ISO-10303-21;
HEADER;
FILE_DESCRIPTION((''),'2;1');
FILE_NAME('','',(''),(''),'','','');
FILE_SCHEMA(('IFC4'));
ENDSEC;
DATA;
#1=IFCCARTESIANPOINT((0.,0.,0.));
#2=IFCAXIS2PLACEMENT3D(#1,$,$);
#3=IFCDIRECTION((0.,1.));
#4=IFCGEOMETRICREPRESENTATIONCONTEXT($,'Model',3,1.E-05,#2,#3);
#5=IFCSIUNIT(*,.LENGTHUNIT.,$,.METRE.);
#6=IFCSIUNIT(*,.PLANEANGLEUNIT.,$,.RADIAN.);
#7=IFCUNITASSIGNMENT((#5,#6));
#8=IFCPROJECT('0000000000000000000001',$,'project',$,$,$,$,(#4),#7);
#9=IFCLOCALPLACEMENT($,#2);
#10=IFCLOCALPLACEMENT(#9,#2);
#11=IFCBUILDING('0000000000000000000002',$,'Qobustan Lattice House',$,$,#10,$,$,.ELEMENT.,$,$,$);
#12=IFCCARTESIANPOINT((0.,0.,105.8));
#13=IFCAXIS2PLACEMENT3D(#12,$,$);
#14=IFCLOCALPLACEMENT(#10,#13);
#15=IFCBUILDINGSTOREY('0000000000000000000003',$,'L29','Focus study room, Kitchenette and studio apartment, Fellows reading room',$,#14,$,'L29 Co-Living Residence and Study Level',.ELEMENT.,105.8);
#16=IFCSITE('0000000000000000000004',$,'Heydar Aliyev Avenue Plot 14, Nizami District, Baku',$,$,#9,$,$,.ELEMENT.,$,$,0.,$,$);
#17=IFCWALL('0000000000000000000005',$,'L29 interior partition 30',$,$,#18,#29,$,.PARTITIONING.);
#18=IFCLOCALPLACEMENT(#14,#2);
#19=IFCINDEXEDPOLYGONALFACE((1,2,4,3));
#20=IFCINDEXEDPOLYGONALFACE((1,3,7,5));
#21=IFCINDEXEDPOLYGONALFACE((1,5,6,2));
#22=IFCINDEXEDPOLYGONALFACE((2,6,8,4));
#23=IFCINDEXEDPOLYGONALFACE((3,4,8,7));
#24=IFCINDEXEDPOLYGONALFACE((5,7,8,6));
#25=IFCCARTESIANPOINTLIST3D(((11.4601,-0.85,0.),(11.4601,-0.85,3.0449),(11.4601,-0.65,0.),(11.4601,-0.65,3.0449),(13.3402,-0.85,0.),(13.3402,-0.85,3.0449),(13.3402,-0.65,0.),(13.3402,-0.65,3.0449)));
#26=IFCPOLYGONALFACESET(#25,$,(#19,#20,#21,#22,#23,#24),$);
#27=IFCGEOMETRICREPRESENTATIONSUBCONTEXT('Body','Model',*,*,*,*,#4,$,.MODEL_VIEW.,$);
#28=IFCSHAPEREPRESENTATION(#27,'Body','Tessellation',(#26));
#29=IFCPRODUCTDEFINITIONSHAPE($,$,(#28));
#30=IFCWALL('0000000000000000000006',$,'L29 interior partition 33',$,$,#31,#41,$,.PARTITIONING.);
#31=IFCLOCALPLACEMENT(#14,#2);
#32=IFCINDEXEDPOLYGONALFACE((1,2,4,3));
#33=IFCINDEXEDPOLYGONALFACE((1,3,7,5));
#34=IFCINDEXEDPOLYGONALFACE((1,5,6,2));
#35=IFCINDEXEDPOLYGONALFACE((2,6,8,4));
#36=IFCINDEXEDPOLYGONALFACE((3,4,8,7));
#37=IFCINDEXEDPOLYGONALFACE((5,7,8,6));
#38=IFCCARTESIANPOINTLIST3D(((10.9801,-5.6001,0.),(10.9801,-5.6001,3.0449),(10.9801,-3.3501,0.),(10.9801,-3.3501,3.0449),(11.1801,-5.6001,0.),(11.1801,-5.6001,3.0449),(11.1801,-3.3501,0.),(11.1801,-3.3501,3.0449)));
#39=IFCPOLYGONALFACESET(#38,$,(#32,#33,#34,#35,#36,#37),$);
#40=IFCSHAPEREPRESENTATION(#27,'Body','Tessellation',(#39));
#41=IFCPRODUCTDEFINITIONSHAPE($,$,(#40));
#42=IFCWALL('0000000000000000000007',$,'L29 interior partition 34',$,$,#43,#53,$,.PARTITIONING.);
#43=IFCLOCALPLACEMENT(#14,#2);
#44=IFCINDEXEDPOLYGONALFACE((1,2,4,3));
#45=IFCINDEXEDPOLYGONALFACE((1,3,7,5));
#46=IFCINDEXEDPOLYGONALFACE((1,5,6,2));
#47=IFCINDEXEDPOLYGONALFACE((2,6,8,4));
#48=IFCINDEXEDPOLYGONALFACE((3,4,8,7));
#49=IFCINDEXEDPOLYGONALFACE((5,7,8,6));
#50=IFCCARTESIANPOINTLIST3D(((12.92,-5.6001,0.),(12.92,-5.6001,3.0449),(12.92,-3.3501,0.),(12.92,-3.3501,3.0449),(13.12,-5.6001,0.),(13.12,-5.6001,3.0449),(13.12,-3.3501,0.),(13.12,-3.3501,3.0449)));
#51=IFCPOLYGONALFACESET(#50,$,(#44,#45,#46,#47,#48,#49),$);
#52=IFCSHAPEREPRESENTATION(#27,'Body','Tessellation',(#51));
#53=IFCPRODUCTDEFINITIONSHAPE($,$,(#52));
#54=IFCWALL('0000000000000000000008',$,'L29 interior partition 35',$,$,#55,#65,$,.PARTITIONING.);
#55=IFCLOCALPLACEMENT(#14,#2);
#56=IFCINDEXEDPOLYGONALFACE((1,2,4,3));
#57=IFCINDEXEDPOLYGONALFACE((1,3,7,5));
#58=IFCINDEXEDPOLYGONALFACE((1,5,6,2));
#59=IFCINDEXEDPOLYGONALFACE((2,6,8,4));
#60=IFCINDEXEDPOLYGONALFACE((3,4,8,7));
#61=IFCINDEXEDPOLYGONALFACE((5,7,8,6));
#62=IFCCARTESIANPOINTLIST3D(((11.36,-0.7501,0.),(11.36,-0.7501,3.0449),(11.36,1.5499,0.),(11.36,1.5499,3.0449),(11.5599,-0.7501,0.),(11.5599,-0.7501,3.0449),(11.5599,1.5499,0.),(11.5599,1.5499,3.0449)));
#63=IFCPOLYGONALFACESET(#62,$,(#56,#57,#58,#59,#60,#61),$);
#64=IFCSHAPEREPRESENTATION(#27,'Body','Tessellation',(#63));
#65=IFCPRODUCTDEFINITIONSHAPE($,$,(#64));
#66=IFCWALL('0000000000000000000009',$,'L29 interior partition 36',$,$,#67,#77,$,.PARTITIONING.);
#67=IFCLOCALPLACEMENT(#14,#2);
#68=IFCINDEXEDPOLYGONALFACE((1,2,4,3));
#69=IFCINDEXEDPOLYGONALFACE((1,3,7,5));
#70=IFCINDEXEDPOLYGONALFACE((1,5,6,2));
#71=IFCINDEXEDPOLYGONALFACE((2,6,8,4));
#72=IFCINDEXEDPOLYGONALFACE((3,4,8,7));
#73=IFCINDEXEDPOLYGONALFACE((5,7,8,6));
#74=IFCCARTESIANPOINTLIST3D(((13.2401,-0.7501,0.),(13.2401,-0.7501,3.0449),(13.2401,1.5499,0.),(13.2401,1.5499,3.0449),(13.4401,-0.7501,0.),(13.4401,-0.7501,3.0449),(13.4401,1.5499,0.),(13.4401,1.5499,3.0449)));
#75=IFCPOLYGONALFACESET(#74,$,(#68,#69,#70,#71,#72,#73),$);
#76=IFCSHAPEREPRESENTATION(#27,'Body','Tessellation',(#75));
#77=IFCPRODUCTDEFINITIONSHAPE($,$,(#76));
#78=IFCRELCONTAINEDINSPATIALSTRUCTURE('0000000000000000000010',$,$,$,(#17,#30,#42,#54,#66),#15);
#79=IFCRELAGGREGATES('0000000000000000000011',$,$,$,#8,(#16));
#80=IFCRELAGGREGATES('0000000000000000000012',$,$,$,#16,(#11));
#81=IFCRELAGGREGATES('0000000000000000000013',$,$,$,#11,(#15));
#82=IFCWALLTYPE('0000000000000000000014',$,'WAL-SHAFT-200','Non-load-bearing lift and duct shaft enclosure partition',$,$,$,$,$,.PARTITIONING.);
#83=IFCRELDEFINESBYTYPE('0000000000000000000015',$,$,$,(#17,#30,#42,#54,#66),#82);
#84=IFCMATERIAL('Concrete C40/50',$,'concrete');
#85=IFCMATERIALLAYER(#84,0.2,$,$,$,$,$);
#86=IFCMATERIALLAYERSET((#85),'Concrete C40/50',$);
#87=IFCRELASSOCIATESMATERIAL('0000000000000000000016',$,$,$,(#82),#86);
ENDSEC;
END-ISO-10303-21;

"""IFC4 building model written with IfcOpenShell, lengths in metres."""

from ifc_helpers import new_model, si_unit, direction, frame, frame_2d, origin, place, context, subcontext, project, spatial, rectangle, extrude, material, layer, layer_set, type_object, element, save


model = new_model("IFC4")

# Units and contexts
model_context = context("Model", 3, precision=1e-05, world=origin(), true_north=direction((0.0, 1.0)))
body_context = subcontext(model_context, "Body", "Model", "MODEL_VIEW")
ifc_project = project(units=[si_unit("LENGTHUNIT", "METRE"), si_unit("PLANEANGLEUNIT", "RADIAN")], contexts=[model_context])

# Site, building, storey
site_placement = place(None, origin())
site = spatial("IfcSite", under=ifc_project, at=site_placement, Name="Heydar Aliyev Avenue Plot 14, Nizami District, Baku", CompositionType="ELEMENT", RefElevation=0.0)
building_placement = place(site_placement, origin())
building = spatial("IfcBuilding", under=site, at=building_placement, Name="Qobustan Lattice House", CompositionType="ELEMENT")
storey_placement = place(building_placement, frame((0.0, 0.0, 105.8)))
storey = spatial("IfcBuildingStorey", under=building, at=storey_placement, Name="L29", Description="Focus study room, Kitchenette and studio apartment, Fellows reading room", LongName="L29 Co-Living Residence and Study Level", CompositionType="ELEMENT", Elevation=105.8)

# Walls
ifc_material_1 = material(Name="Concrete C40/50", Category="concrete")
ifc_layer_1 = layer(ifc_material_1, 0.2)
ifc_layer_set_1 = layer_set([ifc_layer_1], Name="Concrete C40/50")
wall_type_1 = type_object("IfcWallType", Name="WAL-SHAFT-200", Description="Non-load-bearing lift and duct shaft enclosure partition", PredefinedType="PARTITIONING", material=ifc_layer_set_1)
wall_1_placement = place(storey_placement, frame((13.3401, -0.75, 0.0), z_axis=(0.0, 0.0, 1.0), x_axis=(-1.0, 0.0, 0.0)))
element("IfcWall", 1, at=wall_1_placement, inside=storey, type_object=wall_type_1, Name="L29 interior partition 30", PredefinedType="PARTITIONING", context=body_context, shape_type="SweptSolid", body=[
    extrude(rectangle(XDim=1.8801, YDim=0.2, at=frame_2d((0.9399, 0.0))), origin(), (0.0, 0.0, 1.0), 3.0449),
])
for number, where, z_axis, x_axis, name in (
    (2, (11.0801, -5.6001, 0.0), (0.0, 0.0, 1.0), (0.0, 1.0, 0.0), "L29 interior partition 33"),
    (3, (13.02, -5.6001, 0.0), (0.0, 0.0, 1.0), (0.0, 1.0, 0.0), "L29 interior partition 34"),
):
    element("IfcWall", number, at=place(storey_placement, frame(where, z_axis=z_axis, x_axis=x_axis)), inside=storey, type_object=wall_type_1, Name=name, PredefinedType="PARTITIONING", context=body_context, shape_type="SweptSolid", body=[
        extrude(rectangle(XDim=2.25, YDim=0.2, at=frame_2d((1.125, 0.0))), origin(), (0.0, 0.0, 1.0), 3.0449),
    ])
for number, where, z_axis, x_axis, name in (
    (4, (11.46, -0.75, 0.0), (0.0, 0.0, 1.0), (0.0, 1.0, 0.0), "L29 interior partition 35"),
    (5, (13.3401, -0.75, 0.0), (0.0, 0.0, 1.0), (0.0, 1.0, 0.0), "L29 interior partition 36"),
):
    element("IfcWall", number, at=place(storey_placement, frame(where, z_axis=z_axis, x_axis=x_axis)), inside=storey, type_object=wall_type_1, Name=name, PredefinedType="PARTITIONING", context=body_context, shape_type="SweptSolid", body=[
        extrude(rectangle(XDim=2.3, YDim=0.2, at=frame_2d((1.1499, 0.0))), origin(), (0.0, 0.0, 1.0), 3.0449),
    ])

save(model, "model.ifc")
